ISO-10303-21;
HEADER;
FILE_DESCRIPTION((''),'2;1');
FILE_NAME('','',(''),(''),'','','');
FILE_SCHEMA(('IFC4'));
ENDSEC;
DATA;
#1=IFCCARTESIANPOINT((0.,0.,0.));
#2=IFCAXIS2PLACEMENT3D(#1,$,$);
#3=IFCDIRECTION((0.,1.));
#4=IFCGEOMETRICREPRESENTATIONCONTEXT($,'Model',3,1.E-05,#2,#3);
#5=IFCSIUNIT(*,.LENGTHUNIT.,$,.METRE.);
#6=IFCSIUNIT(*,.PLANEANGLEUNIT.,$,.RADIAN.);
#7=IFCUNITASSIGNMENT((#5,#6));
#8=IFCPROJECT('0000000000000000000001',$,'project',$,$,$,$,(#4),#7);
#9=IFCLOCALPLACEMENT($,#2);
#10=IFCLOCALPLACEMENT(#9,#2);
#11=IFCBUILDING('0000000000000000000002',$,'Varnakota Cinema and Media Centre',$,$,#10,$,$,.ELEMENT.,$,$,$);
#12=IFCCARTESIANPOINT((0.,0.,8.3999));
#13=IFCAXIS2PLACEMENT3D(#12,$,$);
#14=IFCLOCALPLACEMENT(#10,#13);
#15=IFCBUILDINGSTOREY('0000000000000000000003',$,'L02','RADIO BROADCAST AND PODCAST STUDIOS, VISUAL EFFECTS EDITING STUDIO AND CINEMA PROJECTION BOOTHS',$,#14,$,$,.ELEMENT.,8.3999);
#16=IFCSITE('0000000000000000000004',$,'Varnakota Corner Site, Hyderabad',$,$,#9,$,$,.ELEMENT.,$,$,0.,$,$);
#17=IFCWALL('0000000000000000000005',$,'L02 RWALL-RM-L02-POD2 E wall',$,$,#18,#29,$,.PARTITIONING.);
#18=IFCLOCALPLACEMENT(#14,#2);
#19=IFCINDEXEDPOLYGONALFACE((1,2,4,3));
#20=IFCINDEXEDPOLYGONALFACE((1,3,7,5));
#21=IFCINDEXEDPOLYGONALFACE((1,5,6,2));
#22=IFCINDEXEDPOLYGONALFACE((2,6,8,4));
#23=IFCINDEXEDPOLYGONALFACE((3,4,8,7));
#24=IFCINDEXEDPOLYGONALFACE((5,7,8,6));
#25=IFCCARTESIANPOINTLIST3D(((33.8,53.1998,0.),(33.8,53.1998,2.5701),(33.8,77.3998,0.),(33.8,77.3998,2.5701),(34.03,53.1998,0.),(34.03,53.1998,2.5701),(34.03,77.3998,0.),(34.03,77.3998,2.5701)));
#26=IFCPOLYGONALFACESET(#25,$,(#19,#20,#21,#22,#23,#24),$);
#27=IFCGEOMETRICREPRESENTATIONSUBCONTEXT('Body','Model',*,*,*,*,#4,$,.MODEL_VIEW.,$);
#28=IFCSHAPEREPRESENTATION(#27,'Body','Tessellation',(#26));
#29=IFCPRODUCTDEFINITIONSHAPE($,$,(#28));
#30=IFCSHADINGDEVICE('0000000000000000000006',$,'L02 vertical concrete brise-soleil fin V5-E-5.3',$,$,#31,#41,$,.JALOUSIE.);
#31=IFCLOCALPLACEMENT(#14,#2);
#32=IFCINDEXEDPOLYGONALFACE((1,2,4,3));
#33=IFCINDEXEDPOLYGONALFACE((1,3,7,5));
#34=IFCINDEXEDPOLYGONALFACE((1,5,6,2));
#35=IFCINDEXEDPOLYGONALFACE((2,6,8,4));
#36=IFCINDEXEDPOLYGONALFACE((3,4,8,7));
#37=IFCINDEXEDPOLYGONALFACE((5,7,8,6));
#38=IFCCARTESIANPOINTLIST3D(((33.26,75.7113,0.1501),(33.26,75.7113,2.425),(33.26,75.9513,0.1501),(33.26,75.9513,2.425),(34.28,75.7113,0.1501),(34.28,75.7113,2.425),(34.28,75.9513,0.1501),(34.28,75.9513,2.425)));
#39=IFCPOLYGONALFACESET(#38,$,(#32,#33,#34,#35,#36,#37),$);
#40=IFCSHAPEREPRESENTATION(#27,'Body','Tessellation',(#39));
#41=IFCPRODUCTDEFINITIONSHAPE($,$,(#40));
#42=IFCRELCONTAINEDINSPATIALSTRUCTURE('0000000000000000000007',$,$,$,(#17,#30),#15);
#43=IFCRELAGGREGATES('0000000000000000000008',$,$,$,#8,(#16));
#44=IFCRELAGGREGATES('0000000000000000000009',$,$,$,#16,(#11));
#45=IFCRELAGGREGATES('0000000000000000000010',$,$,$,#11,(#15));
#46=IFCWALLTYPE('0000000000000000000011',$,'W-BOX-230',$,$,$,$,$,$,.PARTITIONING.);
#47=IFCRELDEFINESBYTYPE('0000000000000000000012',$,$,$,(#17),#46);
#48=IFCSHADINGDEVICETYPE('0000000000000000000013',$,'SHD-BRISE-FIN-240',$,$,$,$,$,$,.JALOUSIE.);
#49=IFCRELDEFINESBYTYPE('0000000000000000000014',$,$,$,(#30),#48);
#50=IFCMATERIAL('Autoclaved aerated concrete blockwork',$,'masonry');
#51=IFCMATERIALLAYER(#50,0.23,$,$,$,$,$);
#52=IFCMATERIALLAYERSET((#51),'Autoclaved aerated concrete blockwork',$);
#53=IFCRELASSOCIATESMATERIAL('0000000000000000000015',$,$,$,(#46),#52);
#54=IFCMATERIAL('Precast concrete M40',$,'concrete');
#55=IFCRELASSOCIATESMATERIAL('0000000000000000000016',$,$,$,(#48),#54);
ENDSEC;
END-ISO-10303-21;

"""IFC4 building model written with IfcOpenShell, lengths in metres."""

from ifc_helpers import new_model, si_unit, direction, frame, frame_2d, origin, origin_2d, place, context, subcontext, project, spatial, rectangle, extrude, material, layer, layer_set, type_object, element, save


model = new_model("IFC4")

# Units and contexts
model_context = context("Model", 3, precision=1e-05, world=origin(), true_north=direction((0.0, 1.0)))
body_context = subcontext(model_context, "Body", "Model", "MODEL_VIEW")
ifc_project = project(units=[si_unit("LENGTHUNIT", "METRE"), si_unit("PLANEANGLEUNIT", "RADIAN")], contexts=[model_context])

# Site, building, storey
site_placement = place(None, origin())
site = spatial("IfcSite", under=ifc_project, at=site_placement, Name="Varnakota Corner Site, Hyderabad", CompositionType="ELEMENT", RefElevation=0.0)
building_placement = place(site_placement, origin())
building = spatial("IfcBuilding", under=site, at=building_placement, Name="Varnakota Cinema and Media Centre", CompositionType="ELEMENT")
storey_placement = place(building_placement, frame((0.0, 0.0, 8.3999)))
storey = spatial("IfcBuildingStorey", under=building, at=storey_placement, Name="L02", Description="RADIO BROADCAST AND PODCAST STUDIOS, VISUAL EFFECTS EDITING STUDIO AND CINEMA PROJECTION BOOTHS", CompositionType="ELEMENT", Elevation=8.3999)

# Wall
ifc_material_1 = material(Name="Autoclaved aerated concrete blockwork", Category="masonry")
ifc_layer_1 = layer(ifc_material_1, 0.23)
ifc_layer_set_1 = layer_set([ifc_layer_1], Name="Autoclaved aerated concrete blockwork")
wall_type = type_object("IfcWallType", Name="W-BOX-230", PredefinedType="PARTITIONING", material=ifc_layer_set_1)
wall_placement = place(storey_placement, frame((33.915, 77.3999, 0.0), z_axis=(0.0, 0.0, 1.0), x_axis=(0.0, -1.0, 0.0)))
element("IfcWall", 1, at=wall_placement, inside=storey, type_object=wall_type, Name="L02 RWALL-RM-L02-POD2 E wall", PredefinedType="PARTITIONING", context=body_context, shape_type="SweptSolid", body=[
    extrude(rectangle(XDim=24.2, YDim=0.23, at=frame_2d((12.1001, 0.0))), origin(), (0.0, 0.0, 1.0), 2.5701),
])

# Shading device
ifc_material_2 = material(Name="Precast concrete M40", Category="concrete")
shading_device_type = type_object("IfcShadingDeviceType", Name="SHD-BRISE-FIN-240", PredefinedType="JALOUSIE", material=ifc_material_2)
shading_device_placement = place(storey_placement, frame((33.77, 75.8313, 0.1501), z_axis=(0.0, 0.0, 1.0), x_axis=(0.0, 1.0, 0.0)))
element("IfcShadingDevice", 2, at=shading_device_placement, inside=storey, type_object=shading_device_type, Name="L02 vertical concrete brise-soleil fin V5-E-5.3", PredefinedType="JALOUSIE", context=body_context, shape_type="SweptSolid", body=[
    extrude(rectangle(XDim=0.24, YDim=1.02, at=origin_2d()), origin(), (0.0, 0.0, 1.0), 2.2749),
])

save(model, "model.ifc")
